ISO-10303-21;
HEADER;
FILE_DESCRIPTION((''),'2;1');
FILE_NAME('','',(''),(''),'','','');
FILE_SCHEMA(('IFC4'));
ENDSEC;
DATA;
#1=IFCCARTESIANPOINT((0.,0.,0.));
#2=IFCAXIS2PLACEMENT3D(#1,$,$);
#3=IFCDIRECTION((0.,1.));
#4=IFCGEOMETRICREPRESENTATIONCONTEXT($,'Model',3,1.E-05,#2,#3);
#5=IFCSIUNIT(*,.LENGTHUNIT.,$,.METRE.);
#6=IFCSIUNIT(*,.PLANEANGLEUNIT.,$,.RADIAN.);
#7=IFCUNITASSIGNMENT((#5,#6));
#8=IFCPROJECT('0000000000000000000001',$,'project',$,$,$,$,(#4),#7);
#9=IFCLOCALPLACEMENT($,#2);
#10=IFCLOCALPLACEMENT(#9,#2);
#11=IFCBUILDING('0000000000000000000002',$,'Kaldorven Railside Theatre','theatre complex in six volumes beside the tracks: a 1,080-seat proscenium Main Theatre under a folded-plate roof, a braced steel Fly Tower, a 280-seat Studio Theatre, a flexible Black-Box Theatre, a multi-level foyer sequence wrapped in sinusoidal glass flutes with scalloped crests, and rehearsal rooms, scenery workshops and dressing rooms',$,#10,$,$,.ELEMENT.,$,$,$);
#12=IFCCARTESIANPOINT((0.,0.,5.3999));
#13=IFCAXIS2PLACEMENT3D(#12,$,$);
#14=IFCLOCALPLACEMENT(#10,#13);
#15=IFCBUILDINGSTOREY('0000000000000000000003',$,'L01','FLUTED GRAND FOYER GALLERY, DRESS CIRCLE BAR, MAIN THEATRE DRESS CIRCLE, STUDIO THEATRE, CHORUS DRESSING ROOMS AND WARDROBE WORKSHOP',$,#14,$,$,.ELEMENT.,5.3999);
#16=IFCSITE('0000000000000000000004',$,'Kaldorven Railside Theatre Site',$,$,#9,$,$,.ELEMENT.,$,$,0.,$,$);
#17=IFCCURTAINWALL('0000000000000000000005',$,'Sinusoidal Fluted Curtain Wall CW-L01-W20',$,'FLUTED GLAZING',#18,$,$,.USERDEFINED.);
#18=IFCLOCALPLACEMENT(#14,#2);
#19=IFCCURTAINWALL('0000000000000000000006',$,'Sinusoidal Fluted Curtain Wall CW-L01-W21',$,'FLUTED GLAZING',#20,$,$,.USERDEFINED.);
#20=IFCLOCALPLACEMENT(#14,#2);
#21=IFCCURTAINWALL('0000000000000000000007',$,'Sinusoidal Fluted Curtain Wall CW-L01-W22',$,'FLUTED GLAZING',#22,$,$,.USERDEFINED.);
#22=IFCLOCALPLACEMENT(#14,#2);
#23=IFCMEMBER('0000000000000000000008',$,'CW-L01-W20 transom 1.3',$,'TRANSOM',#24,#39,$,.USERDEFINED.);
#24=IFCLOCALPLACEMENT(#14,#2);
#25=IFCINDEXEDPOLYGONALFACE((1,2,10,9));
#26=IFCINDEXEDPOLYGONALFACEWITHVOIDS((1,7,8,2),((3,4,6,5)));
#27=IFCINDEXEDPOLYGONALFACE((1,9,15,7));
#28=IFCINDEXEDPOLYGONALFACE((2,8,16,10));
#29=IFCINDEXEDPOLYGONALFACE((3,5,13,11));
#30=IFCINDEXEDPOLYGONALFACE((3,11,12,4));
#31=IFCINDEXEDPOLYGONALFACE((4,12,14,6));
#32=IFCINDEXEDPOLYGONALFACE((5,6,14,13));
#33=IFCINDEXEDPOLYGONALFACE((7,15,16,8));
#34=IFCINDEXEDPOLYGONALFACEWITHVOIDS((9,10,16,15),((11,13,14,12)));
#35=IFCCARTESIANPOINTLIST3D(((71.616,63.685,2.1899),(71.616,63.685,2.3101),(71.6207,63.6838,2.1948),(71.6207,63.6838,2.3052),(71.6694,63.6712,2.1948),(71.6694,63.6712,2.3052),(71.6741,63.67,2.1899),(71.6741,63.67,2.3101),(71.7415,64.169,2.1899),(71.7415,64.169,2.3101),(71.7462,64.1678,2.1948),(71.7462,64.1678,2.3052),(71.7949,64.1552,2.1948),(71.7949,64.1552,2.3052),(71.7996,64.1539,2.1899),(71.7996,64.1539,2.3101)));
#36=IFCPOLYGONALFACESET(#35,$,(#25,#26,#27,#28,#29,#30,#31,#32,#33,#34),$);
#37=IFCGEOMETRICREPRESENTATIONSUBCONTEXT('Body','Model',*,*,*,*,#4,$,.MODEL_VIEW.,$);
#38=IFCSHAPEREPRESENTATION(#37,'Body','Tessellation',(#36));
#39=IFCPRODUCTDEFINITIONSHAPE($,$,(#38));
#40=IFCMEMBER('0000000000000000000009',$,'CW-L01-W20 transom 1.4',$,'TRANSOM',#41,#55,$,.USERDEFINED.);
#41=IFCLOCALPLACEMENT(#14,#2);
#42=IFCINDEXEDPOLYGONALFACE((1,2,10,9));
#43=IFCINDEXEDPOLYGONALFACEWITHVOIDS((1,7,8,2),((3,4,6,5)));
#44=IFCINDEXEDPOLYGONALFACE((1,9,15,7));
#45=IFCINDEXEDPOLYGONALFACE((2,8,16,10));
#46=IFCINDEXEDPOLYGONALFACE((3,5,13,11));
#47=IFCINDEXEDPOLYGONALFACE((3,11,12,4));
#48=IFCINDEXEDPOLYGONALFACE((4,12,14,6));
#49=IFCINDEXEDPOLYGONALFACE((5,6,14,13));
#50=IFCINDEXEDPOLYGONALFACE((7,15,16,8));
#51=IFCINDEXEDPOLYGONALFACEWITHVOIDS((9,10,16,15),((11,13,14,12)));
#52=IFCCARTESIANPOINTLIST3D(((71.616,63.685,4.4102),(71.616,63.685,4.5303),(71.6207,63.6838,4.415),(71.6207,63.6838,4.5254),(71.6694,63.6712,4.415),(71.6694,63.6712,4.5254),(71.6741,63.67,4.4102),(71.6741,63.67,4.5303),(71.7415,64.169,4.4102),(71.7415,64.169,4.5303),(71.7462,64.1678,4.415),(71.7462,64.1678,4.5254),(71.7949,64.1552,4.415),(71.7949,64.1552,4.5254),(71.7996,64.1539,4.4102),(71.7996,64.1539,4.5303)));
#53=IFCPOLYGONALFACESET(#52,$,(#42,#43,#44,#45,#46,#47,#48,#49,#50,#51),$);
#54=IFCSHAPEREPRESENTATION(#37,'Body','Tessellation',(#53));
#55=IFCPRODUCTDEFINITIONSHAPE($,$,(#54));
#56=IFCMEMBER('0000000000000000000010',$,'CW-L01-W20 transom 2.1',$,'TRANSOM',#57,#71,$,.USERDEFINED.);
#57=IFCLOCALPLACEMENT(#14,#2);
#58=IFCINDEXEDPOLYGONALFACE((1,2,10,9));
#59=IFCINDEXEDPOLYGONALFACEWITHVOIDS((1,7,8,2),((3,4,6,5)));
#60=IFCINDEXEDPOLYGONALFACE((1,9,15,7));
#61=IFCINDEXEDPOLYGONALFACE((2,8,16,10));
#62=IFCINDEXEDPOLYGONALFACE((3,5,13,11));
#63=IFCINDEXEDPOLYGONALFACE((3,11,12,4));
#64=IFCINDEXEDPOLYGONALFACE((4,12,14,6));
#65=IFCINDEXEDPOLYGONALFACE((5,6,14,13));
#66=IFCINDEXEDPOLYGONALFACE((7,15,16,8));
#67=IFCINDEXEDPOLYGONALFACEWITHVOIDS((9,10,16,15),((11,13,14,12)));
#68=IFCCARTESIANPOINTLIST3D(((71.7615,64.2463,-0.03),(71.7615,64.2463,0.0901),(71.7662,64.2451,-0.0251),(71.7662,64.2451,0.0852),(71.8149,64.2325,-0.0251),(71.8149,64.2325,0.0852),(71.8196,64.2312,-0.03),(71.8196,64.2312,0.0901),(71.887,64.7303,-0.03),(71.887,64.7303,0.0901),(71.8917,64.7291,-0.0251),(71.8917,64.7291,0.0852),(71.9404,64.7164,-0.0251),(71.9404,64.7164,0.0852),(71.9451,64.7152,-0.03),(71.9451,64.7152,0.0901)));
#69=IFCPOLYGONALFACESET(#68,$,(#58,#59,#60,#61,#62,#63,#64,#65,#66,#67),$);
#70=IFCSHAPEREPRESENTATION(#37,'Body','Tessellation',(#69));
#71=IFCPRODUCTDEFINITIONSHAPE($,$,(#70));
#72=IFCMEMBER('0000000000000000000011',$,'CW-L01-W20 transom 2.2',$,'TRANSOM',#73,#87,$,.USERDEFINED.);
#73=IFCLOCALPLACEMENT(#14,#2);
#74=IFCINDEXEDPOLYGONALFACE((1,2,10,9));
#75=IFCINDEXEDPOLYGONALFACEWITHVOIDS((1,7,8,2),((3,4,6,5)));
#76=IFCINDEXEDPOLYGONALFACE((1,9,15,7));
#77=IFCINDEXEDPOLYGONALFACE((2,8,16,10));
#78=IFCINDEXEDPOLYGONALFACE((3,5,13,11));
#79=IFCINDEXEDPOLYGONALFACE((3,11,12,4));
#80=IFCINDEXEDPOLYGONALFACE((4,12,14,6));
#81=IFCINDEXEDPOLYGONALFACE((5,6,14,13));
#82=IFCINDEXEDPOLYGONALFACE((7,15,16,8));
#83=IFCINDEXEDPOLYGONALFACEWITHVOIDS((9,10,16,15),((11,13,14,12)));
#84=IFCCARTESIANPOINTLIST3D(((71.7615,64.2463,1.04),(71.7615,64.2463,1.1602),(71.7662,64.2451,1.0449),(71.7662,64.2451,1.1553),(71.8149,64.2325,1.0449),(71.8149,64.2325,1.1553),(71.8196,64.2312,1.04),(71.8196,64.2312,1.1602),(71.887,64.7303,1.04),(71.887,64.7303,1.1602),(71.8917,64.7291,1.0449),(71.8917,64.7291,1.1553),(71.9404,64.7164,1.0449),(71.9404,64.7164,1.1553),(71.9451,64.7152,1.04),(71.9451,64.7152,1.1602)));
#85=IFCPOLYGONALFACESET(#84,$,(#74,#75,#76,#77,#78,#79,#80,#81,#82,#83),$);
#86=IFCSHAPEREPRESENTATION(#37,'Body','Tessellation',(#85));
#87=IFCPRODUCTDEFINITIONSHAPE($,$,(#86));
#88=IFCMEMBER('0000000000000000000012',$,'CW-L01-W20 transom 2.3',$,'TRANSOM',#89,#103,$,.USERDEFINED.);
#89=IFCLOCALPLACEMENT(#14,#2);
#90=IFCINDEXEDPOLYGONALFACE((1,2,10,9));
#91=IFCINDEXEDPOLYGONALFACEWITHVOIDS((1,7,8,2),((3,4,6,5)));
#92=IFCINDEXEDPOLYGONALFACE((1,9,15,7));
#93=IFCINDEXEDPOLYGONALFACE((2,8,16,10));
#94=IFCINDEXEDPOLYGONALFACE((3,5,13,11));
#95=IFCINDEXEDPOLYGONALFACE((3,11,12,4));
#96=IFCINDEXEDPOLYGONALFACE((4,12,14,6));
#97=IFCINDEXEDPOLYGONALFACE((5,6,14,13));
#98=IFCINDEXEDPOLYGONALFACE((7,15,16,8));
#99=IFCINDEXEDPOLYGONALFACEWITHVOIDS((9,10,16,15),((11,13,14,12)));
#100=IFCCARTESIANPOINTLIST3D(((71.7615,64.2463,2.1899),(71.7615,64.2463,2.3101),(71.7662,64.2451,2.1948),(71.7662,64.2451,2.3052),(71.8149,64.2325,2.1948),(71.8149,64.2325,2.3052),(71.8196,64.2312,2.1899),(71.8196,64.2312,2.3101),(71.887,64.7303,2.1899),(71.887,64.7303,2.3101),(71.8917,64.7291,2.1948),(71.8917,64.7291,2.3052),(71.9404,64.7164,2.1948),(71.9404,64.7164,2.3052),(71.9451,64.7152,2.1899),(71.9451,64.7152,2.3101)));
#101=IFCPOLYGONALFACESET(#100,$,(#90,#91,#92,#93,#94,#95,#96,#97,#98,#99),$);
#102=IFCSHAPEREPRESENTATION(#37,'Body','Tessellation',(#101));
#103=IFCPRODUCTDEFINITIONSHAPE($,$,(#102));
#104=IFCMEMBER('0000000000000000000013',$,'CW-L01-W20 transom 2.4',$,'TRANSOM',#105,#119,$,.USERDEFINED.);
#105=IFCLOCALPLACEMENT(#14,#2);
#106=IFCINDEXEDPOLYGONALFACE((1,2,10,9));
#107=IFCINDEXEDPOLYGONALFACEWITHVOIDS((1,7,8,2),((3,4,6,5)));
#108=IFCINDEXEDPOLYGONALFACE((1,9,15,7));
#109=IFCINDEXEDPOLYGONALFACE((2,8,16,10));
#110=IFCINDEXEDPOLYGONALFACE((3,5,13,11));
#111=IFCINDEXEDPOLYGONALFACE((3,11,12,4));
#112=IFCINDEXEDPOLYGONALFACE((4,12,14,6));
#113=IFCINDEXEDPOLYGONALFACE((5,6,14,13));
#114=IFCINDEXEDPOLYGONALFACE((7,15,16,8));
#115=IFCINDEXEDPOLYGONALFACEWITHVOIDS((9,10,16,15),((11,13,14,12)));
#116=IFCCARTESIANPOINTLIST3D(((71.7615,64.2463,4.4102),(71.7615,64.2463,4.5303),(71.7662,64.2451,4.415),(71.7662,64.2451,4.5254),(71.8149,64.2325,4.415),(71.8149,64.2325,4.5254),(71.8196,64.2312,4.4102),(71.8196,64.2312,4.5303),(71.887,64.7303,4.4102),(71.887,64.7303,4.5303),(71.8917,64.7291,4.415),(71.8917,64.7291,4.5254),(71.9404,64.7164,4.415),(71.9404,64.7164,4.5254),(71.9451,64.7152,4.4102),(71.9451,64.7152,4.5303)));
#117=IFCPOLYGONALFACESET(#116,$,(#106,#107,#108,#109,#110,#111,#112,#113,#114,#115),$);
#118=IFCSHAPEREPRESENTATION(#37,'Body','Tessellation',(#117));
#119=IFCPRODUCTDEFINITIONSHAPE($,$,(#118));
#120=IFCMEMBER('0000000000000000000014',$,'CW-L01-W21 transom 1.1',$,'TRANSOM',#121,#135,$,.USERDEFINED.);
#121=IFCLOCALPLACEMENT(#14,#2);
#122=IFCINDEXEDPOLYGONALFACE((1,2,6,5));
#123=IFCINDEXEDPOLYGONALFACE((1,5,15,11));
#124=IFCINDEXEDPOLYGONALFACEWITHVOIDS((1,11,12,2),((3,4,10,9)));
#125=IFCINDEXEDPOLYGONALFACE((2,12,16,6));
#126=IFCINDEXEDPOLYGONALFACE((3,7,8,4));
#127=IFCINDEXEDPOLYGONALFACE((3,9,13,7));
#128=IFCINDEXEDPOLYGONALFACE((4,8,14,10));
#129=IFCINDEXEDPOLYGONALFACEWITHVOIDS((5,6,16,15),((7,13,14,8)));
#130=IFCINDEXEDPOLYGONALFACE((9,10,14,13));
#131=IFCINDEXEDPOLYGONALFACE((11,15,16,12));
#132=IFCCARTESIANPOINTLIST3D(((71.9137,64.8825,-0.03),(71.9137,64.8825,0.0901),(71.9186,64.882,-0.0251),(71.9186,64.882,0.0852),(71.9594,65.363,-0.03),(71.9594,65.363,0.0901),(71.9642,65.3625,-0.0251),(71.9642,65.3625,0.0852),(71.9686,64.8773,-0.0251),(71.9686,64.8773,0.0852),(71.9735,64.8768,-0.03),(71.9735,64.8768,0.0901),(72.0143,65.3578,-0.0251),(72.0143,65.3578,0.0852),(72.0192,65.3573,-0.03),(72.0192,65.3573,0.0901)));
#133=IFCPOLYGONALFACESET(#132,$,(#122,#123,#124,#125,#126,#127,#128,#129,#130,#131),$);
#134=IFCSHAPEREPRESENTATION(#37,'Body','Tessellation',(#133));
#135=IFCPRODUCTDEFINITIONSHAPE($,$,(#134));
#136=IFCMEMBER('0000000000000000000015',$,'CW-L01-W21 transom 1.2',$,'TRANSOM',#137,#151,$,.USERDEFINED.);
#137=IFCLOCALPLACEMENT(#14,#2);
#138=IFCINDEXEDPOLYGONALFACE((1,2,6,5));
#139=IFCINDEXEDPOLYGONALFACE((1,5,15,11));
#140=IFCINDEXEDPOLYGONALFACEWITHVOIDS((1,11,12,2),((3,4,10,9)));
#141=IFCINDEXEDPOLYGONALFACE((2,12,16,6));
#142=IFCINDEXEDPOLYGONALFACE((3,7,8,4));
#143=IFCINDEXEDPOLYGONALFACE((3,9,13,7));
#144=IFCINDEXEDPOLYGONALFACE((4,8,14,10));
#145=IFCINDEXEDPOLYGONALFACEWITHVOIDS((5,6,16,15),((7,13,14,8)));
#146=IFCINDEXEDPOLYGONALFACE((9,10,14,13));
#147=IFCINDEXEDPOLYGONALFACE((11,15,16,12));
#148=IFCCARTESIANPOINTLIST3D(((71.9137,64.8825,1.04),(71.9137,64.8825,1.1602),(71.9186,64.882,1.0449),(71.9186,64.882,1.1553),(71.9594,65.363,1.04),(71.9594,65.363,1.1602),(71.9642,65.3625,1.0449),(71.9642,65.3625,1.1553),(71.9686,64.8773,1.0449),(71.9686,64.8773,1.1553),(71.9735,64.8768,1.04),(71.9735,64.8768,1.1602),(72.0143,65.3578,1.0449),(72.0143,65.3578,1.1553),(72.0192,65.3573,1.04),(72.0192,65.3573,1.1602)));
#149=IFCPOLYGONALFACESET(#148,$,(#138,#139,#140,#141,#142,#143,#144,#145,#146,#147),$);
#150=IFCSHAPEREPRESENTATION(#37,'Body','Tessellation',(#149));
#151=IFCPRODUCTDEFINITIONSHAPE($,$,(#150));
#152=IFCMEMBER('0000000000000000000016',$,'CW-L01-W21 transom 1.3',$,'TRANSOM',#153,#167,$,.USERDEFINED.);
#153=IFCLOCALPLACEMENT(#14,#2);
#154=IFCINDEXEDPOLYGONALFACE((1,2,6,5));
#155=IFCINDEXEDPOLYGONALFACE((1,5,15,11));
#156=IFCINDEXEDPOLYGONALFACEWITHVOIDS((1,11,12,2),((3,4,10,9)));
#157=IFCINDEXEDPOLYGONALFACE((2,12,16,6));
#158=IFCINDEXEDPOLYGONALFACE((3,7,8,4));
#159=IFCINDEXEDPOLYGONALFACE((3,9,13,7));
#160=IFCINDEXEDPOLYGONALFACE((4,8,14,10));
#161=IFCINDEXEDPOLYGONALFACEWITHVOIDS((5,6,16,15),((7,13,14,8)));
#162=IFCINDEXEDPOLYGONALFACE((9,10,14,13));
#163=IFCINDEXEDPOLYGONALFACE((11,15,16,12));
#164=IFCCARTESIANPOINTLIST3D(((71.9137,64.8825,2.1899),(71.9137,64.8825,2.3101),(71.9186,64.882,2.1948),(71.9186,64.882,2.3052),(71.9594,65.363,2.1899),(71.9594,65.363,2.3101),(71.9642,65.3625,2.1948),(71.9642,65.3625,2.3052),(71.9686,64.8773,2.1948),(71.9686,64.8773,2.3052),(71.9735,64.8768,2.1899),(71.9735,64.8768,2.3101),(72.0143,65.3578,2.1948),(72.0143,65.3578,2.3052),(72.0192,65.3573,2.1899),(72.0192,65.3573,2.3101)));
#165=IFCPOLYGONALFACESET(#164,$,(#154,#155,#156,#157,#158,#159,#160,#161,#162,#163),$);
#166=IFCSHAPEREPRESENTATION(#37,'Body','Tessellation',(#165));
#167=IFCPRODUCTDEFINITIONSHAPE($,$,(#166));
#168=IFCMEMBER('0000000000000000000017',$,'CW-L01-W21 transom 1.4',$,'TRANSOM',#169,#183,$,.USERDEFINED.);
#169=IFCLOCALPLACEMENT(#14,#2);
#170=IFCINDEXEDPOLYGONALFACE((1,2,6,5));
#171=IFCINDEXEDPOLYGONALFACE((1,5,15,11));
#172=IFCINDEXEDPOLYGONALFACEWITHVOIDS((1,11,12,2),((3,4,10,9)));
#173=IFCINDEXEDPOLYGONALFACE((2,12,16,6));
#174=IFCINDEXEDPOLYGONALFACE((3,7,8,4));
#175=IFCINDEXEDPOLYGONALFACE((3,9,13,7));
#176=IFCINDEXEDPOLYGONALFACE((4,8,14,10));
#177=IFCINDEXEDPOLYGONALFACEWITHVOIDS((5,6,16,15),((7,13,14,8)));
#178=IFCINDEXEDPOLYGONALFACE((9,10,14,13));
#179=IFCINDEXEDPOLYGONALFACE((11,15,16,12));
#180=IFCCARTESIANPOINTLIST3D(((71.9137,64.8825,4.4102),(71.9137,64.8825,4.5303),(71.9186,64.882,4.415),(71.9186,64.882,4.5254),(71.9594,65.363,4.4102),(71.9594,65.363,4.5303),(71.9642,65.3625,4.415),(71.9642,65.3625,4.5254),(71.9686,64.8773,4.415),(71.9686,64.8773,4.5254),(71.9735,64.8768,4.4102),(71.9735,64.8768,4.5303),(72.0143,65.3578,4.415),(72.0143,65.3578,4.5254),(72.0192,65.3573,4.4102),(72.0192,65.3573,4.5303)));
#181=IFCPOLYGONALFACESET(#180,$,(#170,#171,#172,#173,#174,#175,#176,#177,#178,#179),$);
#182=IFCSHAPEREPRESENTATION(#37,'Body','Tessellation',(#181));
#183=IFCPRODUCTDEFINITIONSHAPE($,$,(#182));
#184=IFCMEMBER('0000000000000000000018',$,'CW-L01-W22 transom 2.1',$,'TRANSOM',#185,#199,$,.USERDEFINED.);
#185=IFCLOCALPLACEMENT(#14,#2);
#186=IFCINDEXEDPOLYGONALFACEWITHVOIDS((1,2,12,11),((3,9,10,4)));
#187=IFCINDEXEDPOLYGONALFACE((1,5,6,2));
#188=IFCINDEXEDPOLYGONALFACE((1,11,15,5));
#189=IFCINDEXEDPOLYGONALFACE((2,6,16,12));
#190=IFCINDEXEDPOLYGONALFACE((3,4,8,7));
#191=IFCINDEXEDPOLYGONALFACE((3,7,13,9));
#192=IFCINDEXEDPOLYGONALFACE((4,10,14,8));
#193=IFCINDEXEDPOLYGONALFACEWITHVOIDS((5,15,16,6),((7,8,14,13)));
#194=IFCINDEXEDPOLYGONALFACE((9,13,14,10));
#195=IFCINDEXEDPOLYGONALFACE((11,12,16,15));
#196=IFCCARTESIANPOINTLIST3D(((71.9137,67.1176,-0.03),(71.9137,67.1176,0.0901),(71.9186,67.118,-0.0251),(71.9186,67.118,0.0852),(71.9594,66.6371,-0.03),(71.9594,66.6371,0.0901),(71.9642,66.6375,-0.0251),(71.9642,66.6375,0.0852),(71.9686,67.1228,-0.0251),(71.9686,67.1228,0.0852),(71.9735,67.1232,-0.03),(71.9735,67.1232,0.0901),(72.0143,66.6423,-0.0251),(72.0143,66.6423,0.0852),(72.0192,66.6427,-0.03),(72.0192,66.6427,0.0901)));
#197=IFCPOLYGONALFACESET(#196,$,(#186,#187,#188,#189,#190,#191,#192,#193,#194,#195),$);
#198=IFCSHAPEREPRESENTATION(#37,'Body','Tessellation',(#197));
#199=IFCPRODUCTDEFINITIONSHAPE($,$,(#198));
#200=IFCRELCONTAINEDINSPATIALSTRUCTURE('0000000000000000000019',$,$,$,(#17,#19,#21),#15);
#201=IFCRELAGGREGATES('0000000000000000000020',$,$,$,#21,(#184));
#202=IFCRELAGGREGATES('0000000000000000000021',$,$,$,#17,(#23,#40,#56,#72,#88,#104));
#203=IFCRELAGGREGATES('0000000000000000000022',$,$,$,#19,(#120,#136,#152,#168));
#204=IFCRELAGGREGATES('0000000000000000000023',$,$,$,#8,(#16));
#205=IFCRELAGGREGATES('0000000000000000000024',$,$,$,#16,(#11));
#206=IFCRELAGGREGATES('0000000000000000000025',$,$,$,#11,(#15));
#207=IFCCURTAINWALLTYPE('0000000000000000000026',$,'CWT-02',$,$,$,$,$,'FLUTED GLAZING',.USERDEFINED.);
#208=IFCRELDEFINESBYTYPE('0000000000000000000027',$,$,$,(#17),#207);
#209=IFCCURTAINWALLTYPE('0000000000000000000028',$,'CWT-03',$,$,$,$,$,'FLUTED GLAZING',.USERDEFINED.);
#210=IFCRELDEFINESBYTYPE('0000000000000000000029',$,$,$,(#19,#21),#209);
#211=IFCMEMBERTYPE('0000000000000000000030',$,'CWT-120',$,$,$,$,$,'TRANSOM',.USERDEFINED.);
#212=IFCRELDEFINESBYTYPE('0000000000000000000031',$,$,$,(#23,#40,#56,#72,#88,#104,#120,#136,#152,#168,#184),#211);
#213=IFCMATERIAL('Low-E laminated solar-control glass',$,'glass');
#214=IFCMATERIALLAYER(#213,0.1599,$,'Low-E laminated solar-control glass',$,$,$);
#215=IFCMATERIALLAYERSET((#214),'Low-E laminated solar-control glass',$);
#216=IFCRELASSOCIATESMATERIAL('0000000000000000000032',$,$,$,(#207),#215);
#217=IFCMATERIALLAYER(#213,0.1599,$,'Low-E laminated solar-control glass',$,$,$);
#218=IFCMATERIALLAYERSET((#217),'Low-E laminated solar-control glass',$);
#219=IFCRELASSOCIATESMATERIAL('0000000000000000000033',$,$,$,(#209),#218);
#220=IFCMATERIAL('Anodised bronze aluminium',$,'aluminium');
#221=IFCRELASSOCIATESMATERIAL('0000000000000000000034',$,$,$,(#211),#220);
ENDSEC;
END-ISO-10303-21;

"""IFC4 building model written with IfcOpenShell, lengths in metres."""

from ifc_helpers import new_model, si_unit, direction, frame, origin, origin_2d, place, context, subcontext, project, spatial, hollow_rectangle, extrude, material, layer, layer_set, material_profile, profile_set, type_object, element, aggregate, save


model = new_model("IFC4")

# Units and contexts
model_context = context("Model", 3, precision=1e-05, world=origin(), true_north=direction((0.0, 1.0)))
body_context = subcontext(model_context, "Body", "Model", "MODEL_VIEW")
ifc_project = project(units=[si_unit("LENGTHUNIT", "METRE"), si_unit("PLANEANGLEUNIT", "RADIAN")], contexts=[model_context])

# Site, building, storey
site_placement = place(None, origin())
site = spatial("IfcSite", under=ifc_project, at=site_placement, Name="Kaldorven Railside Theatre Site", CompositionType="ELEMENT", RefElevation=0.0)
building_placement = place(site_placement, origin())
building = spatial("IfcBuilding", under=site, at=building_placement, Name="Kaldorven Railside Theatre", Description="theatre complex in six volumes beside the tracks: a 1,080-seat proscenium Main Theatre under a folded-plate roof, a braced steel Fly Tower, a 280-seat Studio Theatre, a flexible Black-Box Theatre, a multi-level foyer sequence wrapped in sinusoidal glass flutes with scalloped crests, and rehearsal rooms, scenery workshops and dressing rooms", CompositionType="ELEMENT")
storey_placement = place(building_placement, frame((0.0, 0.0, 5.3999)))
storey = spatial("IfcBuildingStorey", under=building, at=storey_placement, Name="L01", Description="FLUTED GRAND FOYER GALLERY, DRESS CIRCLE BAR, MAIN THEATRE DRESS CIRCLE, STUDIO THEATRE, CHORUS DRESSING ROOMS AND WARDROBE WORKSHOP", CompositionType="ELEMENT", Elevation=5.3999)

# Curtain walls
ifc_material_1 = material(Name="Low-E laminated solar-control glass", Category="glass")
ifc_layer_1 = layer(ifc_material_1, 0.1599, Name="Low-E laminated solar-control glass")
ifc_layer_set_1 = layer_set([ifc_layer_1], Name="Low-E laminated solar-control glass")
curtain_wall_type_1 = type_object("IfcCurtainWallType", Name="CWT-02", ElementType="FLUTED GLAZING", PredefinedType="USERDEFINED", material=ifc_layer_set_1)
curtain_wall_1_placement = place(storey_placement, origin())
curtain_wall_1 = element("IfcCurtainWall", 1, at=curtain_wall_1_placement, inside=storey, type_object=curtain_wall_type_1, Name="Sinusoidal Fluted Curtain Wall CW-L01-W20", ObjectType="FLUTED GLAZING", PredefinedType="USERDEFINED")
ifc_material_2 = material(Name="Anodised bronze aluminium", Category="aluminium")
ifc_layer_2 = layer(ifc_material_1, 0.1599, Name="Low-E laminated solar-control glass")
ifc_layer_set_2 = layer_set([ifc_layer_2], Name="Low-E laminated solar-control glass")
curtain_wall_type_2 = type_object("IfcCurtainWallType", Name="CWT-03", ElementType="FLUTED GLAZING", PredefinedType="USERDEFINED", material=ifc_layer_set_2)
curtain_wall_2_placement = place(storey_placement, origin())
curtain_wall_2 = element("IfcCurtainWall", 2, at=curtain_wall_2_placement, inside=storey, type_object=curtain_wall_type_2, Name="Sinusoidal Fluted Curtain Wall CW-L01-W21", ObjectType="FLUTED GLAZING", PredefinedType="USERDEFINED")

# Curtain wall
curtain_wall_3_placement = place(storey_placement, origin())
curtain_wall_3 = element("IfcCurtainWall", 3, at=curtain_wall_3_placement, inside=storey, type_object=curtain_wall_type_2, Name="Sinusoidal Fluted Curtain Wall CW-L01-W22", ObjectType="FLUTED GLAZING", PredefinedType="USERDEFINED")

# Members
ifc_material_profile_1 = material_profile(ifc_material_2, hollow_rectangle(XDim=0.0601, YDim=0.1201, WallThickness=0.0049, at=origin_2d()), Name="RHS 120x60x5")
ifc_profile_set_1 = profile_set([ifc_material_profile_1], Name="Anodised bronze aluminium")
member_type_1 = type_object("IfcMemberType", Name="CWT-120", ElementType="TRANSOM", PredefinedType="USERDEFINED", material=ifc_profile_set_1)
member_1_placement = place(storey_placement, frame((71.645, 63.6775, 2.25), z_axis=(0.25103, 0.967979, 0.0), x_axis=(-0.967979, 0.25103, 0.0)))
member_1 = element("IfcMember", 4, at=member_1_placement, type_object=member_type_1, Name="CW-L01-W20 transom 1.3", ObjectType="TRANSOM", PredefinedType="USERDEFINED", context=body_context, shape_type="SweptSolid", body=[
    extrude(hollow_rectangle(XDim=0.0601, YDim=0.1201, WallThickness=0.0049, at=origin_2d()), origin(), (0.0, 0.0, 1.0), 0.5),
])
member_2_placement = place(storey_placement, frame((71.645, 63.6775, 4.4702), z_axis=(0.25103, 0.967979, 0.0), x_axis=(-0.967979, 0.25103, 0.0)))
member_2 = element("IfcMember", 5, at=member_2_placement, type_object=member_type_1, Name="CW-L01-W20 transom 1.4", ObjectType="TRANSOM", PredefinedType="USERDEFINED", context=body_context, shape_type="SweptSolid", body=[
    extrude(hollow_rectangle(XDim=0.0601, YDim=0.1201, WallThickness=0.0049, at=origin_2d()), origin(), (0.0, 0.0, 1.0), 0.5),
])
member_3_placement = place(storey_placement, frame((71.7905, 64.2388, 0.03), z_axis=(0.25103, 0.967979, 0.0), x_axis=(-0.967979, 0.25103, 0.0)))
member_3 = element("IfcMember", 6, at=member_3_placement, type_object=member_type_1, Name="CW-L01-W20 transom 2.1", ObjectType="TRANSOM", PredefinedType="USERDEFINED", context=body_context, shape_type="SweptSolid", body=[
    extrude(hollow_rectangle(XDim=0.0601, YDim=0.1201, WallThickness=0.0049, at=origin_2d()), origin(), (0.0, 0.0, 1.0), 0.5),
])
member_4_placement = place(storey_placement, frame((71.7905, 64.2388, 1.1001), z_axis=(0.25103, 0.967979, 0.0), x_axis=(-0.967979, 0.25103, 0.0)))
member_4 = element("IfcMember", 7, at=member_4_placement, type_object=member_type_1, Name="CW-L01-W20 transom 2.2", ObjectType="TRANSOM", PredefinedType="USERDEFINED", context=body_context, shape_type="SweptSolid", body=[
    extrude(hollow_rectangle(XDim=0.0601, YDim=0.1201, WallThickness=0.0049, at=origin_2d()), origin(), (0.0, 0.0, 1.0), 0.5),
])
member_5_placement = place(storey_placement, frame((71.7905, 64.2388, 2.25), z_axis=(0.25103, 0.967979, 0.0), x_axis=(-0.967979, 0.25103, 0.0)))
member_5 = element("IfcMember", 8, at=member_5_placement, type_object=member_type_1, Name="CW-L01-W20 transom 2.3", ObjectType="TRANSOM", PredefinedType="USERDEFINED", context=body_context, shape_type="SweptSolid", body=[
    extrude(hollow_rectangle(XDim=0.0601, YDim=0.1201, WallThickness=0.0049, at=origin_2d()), origin(), (0.0, 0.0, 1.0), 0.5),
])
member_6_placement = place(storey_placement, frame((71.7905, 64.2388, 4.4702), z_axis=(0.25103, 0.967979, 0.0), x_axis=(-0.967979, 0.25103, 0.0)))
member_6 = element("IfcMember", 9, at=member_6_placement, type_object=member_type_1, Name="CW-L01-W20 transom 2.4", ObjectType="TRANSOM", PredefinedType="USERDEFINED", context=body_context, shape_type="SweptSolid", body=[
    extrude(hollow_rectangle(XDim=0.0601, YDim=0.1201, WallThickness=0.0049, at=origin_2d()), origin(), (0.0, 0.0, 1.0), 0.5),
])
member_7_placement = place(storey_placement, frame((71.9436, 64.8796, 0.03), z_axis=(0.094594, 0.995516, 0.0), x_axis=(-0.995516, 0.094594, 0.0)))
member_7 = element("IfcMember", 10, at=member_7_placement, type_object=member_type_1, Name="CW-L01-W21 transom 1.1", ObjectType="TRANSOM", PredefinedType="USERDEFINED", context=body_context, shape_type="SweptSolid", body=[
    extrude(hollow_rectangle(XDim=0.0601, YDim=0.1201, WallThickness=0.0049, at=origin_2d()), origin(), (0.0, 0.0, 1.0), 0.4827),
])
member_8_placement = place(storey_placement, frame((71.9436, 64.8796, 1.1001), z_axis=(0.094594, 0.995516, 0.0), x_axis=(-0.995516, 0.094594, 0.0)))
member_8 = element("IfcMember", 11, at=member_8_placement, type_object=member_type_1, Name="CW-L01-W21 transom 1.2", ObjectType="TRANSOM", PredefinedType="USERDEFINED", context=body_context, shape_type="SweptSolid", body=[
    extrude(hollow_rectangle(XDim=0.0601, YDim=0.1201, WallThickness=0.0049, at=origin_2d()), origin(), (0.0, 0.0, 1.0), 0.4827),
])
member_9_placement = place(storey_placement, frame((71.9436, 64.8796, 2.25), z_axis=(0.094594, 0.995516, 0.0), x_axis=(-0.995516, 0.094594, 0.0)))
member_9 = element("IfcMember", 12, at=member_9_placement, type_object=member_type_1, Name="CW-L01-W21 transom 1.3", ObjectType="TRANSOM", PredefinedType="USERDEFINED", context=body_context, shape_type="SweptSolid", body=[
    extrude(hollow_rectangle(XDim=0.0601, YDim=0.1201, WallThickness=0.0049, at=origin_2d()), origin(), (0.0, 0.0, 1.0), 0.4827),
])
member_10_placement = place(storey_placement, frame((71.9436, 64.8796, 4.4702), z_axis=(0.094594, 0.995516, 0.0), x_axis=(-0.995516, 0.094594, 0.0)))
member_10 = element("IfcMember", 13, at=member_10_placement, type_object=member_type_1, Name="CW-L01-W21 transom 1.4", ObjectType="TRANSOM", PredefinedType="USERDEFINED", context=body_context, shape_type="SweptSolid", body=[
    extrude(hollow_rectangle(XDim=0.0601, YDim=0.1201, WallThickness=0.0049, at=origin_2d()), origin(), (0.0, 0.0, 1.0), 0.4827),
])
member_11_placement = place(storey_placement, frame((71.9893, 66.6399, 0.03), z_axis=(-0.094594, 0.995516, 0.0), x_axis=(-0.995516, -0.094594, 0.0)))
member_11 = element("IfcMember", 14, at=member_11_placement, type_object=member_type_1, Name="CW-L01-W22 transom 2.1", ObjectType="TRANSOM", PredefinedType="USERDEFINED", context=body_context, shape_type="SweptSolid", body=[
    extrude(hollow_rectangle(XDim=0.0601, YDim=0.1201, WallThickness=0.0049, at=origin_2d()), origin(), (0.0, 0.0, 1.0), 0.4827),
])
aggregate(curtain_wall_3, [member_11])

aggregate(curtain_wall_1, [member_1, member_2, member_3, member_4, member_5, member_6])
aggregate(curtain_wall_2, [member_7, member_8, member_9, member_10])

save(model, "model.ifc")
